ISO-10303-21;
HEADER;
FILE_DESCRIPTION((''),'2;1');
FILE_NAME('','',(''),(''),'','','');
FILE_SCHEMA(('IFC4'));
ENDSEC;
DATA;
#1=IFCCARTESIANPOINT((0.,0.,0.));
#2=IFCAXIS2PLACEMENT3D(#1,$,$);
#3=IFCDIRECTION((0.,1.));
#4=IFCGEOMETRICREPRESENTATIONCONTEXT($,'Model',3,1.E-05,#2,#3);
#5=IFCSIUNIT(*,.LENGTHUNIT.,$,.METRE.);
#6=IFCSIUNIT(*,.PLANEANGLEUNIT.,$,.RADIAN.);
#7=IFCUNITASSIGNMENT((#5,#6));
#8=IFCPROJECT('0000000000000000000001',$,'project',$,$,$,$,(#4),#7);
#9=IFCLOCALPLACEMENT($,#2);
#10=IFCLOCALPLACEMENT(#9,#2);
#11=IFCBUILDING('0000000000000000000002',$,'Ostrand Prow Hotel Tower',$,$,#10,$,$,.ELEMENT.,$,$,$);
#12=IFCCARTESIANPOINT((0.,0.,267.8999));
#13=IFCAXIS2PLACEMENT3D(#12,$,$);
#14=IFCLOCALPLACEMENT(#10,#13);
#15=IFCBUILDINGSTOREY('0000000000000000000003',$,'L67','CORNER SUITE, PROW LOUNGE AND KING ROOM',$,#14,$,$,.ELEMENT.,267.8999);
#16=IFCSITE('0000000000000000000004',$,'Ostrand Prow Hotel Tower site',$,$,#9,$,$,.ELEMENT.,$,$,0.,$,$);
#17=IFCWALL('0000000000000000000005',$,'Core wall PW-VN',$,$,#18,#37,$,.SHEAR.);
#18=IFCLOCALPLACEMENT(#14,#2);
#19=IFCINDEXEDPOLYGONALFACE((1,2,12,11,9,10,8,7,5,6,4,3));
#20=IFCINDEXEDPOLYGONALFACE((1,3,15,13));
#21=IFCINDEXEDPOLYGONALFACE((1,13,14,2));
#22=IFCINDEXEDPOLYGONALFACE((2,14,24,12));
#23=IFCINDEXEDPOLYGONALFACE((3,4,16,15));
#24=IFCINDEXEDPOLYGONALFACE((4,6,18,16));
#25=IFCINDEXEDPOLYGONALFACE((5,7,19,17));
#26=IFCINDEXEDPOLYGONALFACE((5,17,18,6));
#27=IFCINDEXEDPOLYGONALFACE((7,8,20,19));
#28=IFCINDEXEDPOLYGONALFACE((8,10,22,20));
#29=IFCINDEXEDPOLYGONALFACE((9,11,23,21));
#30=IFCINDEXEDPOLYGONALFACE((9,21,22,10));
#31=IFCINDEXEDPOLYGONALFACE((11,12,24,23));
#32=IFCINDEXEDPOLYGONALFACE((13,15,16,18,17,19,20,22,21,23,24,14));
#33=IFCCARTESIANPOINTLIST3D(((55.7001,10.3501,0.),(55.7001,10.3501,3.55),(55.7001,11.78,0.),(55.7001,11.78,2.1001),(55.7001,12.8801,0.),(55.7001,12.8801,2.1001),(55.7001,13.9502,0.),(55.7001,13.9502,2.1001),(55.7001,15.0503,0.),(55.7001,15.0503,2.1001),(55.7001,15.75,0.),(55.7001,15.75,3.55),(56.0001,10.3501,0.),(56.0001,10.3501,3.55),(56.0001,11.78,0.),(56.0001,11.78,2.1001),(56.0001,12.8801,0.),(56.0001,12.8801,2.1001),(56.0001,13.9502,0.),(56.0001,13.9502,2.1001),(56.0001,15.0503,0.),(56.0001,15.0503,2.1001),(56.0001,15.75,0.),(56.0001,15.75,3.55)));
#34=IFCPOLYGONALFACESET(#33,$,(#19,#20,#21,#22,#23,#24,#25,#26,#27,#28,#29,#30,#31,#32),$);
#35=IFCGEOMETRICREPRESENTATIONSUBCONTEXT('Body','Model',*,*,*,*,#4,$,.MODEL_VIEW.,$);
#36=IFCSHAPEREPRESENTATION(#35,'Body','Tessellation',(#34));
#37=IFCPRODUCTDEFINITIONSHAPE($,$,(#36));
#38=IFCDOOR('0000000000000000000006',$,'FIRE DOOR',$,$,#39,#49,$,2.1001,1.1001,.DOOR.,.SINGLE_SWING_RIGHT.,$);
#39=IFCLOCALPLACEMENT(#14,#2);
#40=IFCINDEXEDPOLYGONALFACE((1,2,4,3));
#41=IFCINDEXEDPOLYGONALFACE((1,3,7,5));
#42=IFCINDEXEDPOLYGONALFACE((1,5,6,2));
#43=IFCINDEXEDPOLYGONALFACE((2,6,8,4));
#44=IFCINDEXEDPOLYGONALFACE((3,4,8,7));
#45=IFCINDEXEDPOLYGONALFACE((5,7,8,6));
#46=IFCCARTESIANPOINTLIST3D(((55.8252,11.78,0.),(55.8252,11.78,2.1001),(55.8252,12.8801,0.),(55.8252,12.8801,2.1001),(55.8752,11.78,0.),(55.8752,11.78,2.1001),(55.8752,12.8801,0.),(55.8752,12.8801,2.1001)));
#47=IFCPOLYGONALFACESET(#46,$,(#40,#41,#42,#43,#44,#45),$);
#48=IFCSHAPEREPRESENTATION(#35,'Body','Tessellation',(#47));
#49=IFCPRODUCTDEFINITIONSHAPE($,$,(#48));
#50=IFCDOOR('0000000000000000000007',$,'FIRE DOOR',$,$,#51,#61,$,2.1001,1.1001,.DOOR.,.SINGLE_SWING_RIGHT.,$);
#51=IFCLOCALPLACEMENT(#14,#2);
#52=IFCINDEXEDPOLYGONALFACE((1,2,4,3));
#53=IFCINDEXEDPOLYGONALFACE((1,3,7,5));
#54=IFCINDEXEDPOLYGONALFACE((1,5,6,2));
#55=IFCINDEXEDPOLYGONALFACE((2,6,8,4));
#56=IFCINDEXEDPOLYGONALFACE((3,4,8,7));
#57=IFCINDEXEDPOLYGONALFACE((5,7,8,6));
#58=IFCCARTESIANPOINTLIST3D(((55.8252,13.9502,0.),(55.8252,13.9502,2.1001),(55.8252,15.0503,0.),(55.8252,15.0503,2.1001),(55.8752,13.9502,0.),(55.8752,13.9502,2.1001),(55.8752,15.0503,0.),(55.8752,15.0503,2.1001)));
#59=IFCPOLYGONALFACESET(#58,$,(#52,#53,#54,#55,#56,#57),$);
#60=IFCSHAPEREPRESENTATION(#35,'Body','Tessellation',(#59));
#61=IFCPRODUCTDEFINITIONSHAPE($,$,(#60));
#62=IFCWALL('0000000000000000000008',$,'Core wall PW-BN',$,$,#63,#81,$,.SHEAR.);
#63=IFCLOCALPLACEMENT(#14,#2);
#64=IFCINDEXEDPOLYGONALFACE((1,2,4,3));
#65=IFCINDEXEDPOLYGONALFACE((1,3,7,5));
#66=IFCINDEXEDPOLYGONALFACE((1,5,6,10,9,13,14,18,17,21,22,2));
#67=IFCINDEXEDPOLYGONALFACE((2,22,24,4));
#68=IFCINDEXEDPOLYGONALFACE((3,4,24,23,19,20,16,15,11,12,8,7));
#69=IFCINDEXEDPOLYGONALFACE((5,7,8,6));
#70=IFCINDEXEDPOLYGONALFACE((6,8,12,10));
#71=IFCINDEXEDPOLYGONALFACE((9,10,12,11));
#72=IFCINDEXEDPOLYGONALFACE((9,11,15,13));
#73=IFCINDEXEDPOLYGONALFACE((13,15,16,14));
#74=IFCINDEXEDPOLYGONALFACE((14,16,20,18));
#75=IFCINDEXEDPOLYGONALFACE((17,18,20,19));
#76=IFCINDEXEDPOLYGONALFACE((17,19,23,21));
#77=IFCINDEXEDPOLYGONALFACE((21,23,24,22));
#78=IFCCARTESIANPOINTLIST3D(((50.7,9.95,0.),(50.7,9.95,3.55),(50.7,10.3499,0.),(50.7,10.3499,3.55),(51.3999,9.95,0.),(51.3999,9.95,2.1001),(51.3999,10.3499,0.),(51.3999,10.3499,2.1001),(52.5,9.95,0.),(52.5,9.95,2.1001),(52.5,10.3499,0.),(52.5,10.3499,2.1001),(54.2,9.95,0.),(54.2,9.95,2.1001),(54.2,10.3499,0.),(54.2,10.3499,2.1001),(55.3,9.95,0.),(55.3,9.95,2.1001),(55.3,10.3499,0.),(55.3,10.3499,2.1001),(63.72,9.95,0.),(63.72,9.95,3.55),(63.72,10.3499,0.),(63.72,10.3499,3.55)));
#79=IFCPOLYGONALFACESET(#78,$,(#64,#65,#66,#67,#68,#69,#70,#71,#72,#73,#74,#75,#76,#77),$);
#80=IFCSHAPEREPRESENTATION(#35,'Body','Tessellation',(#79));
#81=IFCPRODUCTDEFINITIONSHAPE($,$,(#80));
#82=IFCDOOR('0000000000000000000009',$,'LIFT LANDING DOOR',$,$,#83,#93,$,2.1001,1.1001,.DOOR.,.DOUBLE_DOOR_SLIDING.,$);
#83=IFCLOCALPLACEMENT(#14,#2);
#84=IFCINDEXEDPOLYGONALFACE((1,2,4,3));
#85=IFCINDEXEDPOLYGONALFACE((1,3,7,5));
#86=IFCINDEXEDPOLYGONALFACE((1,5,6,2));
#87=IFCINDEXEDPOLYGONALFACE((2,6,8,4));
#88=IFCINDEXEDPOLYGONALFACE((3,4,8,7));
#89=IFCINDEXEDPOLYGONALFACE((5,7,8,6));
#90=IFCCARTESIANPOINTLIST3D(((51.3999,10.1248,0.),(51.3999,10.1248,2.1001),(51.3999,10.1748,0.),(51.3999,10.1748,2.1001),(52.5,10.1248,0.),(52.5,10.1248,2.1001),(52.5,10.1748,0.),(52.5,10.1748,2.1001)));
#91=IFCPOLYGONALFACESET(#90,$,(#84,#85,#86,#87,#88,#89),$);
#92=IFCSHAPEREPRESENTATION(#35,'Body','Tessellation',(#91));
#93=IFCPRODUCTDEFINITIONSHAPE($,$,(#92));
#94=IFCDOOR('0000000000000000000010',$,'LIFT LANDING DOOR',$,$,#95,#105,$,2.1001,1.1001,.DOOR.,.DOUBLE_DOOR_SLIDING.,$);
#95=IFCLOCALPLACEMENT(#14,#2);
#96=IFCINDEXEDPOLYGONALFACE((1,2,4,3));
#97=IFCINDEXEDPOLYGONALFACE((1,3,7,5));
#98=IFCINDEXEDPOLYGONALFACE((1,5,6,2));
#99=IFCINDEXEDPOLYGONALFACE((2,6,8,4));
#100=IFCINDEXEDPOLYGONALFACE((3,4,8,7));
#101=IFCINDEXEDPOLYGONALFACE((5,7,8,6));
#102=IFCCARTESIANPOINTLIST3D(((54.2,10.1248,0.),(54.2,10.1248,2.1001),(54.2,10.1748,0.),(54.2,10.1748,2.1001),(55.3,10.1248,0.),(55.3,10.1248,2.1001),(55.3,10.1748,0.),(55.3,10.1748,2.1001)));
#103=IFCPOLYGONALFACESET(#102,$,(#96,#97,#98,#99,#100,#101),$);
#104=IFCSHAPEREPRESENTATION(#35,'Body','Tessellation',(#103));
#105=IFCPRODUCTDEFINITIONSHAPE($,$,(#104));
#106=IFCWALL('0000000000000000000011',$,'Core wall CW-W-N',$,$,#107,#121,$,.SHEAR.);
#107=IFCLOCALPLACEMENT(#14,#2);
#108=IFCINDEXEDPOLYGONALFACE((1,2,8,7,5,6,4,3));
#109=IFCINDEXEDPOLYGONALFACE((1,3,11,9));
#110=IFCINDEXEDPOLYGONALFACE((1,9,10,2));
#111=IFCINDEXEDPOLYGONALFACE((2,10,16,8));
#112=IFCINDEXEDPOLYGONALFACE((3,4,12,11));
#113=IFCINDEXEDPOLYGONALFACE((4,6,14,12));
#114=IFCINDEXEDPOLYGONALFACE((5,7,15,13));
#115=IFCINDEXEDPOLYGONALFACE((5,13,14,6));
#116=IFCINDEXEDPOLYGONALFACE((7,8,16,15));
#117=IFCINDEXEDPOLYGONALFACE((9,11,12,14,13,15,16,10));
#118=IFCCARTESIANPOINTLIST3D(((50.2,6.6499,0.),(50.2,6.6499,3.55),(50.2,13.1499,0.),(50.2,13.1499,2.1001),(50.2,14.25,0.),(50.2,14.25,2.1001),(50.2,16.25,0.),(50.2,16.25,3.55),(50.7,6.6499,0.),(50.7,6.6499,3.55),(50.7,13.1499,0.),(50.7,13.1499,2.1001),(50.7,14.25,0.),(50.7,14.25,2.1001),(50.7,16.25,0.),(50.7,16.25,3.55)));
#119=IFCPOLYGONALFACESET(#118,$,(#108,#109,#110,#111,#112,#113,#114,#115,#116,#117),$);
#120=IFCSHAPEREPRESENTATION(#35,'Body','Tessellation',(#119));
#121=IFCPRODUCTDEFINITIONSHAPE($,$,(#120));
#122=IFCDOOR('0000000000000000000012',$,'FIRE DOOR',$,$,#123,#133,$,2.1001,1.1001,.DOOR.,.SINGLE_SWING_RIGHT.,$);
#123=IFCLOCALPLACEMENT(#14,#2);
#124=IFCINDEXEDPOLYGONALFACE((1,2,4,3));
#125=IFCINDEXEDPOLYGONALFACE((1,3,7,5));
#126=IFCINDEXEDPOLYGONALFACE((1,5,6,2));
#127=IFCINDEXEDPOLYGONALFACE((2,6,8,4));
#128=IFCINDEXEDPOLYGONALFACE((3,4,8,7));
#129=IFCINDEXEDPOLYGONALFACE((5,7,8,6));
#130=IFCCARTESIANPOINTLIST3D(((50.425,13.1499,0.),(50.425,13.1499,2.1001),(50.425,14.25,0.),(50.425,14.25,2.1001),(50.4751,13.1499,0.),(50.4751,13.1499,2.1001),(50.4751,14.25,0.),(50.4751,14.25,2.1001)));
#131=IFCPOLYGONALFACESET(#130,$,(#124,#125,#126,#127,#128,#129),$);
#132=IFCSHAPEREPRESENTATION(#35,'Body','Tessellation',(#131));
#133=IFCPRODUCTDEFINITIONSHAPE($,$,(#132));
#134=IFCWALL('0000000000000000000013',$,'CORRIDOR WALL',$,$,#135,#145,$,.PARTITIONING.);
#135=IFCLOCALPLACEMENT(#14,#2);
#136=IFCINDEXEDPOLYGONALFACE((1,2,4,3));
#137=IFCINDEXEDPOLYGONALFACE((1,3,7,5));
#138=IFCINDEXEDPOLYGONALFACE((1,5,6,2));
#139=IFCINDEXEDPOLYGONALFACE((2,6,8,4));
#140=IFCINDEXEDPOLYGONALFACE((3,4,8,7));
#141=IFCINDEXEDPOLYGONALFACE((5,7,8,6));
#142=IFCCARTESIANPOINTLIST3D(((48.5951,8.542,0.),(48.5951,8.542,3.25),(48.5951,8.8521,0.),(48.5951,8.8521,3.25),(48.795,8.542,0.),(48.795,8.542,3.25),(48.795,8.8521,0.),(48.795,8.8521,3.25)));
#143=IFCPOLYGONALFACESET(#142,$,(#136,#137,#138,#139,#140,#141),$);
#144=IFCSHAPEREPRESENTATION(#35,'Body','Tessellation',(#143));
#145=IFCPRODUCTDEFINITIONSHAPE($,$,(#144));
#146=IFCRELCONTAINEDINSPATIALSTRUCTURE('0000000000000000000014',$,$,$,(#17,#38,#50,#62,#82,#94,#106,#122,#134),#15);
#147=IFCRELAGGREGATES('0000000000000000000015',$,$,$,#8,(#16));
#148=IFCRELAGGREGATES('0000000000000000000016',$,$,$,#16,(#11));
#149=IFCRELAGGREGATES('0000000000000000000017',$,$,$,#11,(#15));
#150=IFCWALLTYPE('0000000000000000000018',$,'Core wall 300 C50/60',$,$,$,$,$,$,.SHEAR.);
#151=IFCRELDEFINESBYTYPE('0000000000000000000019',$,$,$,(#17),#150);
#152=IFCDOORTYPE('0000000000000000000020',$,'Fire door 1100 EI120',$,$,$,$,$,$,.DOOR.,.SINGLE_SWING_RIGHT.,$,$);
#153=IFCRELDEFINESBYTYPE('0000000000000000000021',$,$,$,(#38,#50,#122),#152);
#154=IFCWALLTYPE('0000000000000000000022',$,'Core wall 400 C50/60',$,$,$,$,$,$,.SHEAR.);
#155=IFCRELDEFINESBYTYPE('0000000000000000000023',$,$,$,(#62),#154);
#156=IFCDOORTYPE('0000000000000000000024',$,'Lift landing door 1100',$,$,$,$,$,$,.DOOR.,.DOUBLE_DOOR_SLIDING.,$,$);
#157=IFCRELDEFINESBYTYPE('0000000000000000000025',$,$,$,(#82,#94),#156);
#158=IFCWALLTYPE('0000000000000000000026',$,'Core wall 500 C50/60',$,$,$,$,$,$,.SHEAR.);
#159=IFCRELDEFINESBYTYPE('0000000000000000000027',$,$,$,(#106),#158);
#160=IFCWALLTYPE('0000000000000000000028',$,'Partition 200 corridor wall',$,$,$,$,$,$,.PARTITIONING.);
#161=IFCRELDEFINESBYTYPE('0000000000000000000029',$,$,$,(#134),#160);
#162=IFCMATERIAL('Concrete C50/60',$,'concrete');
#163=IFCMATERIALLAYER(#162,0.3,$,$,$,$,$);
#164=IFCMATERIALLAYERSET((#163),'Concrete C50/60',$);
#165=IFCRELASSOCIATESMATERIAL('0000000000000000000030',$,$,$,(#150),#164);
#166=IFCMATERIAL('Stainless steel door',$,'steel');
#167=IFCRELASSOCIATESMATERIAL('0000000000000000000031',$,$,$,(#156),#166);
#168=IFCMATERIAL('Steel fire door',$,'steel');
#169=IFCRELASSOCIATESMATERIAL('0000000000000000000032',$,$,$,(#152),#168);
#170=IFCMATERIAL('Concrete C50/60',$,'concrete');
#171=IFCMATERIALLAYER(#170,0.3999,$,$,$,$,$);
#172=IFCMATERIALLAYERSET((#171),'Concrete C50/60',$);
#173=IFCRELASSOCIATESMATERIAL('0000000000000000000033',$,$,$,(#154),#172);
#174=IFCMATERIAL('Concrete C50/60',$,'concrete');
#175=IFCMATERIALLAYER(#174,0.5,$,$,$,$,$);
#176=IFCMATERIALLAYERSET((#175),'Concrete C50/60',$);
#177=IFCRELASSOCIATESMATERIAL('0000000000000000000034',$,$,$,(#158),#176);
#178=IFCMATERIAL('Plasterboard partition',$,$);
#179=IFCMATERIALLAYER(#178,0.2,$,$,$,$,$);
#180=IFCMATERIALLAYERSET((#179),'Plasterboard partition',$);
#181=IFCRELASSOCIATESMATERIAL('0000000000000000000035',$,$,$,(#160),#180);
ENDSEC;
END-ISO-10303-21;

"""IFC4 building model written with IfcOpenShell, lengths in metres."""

from ifc_helpers import new_model, si_unit, direction, frame, frame_2d, origin, place, context, subcontext, project, spatial, rectangle, extrude, material, layer, layer_set, type_object, element, fill, save


model = new_model("IFC4")

# Units and contexts
model_context = context("Model", 3, precision=1e-05, world=origin(), true_north=direction((0.0, 1.0)))
body_context = subcontext(model_context, "Body", "Model", "MODEL_VIEW")
ifc_project = project(units=[si_unit("LENGTHUNIT", "METRE"), si_unit("PLANEANGLEUNIT", "RADIAN")], contexts=[model_context])

# Site, building, storey
site_placement = place(None, origin())
site = spatial("IfcSite", under=ifc_project, at=site_placement, Name="Ostrand Prow Hotel Tower site", CompositionType="ELEMENT", RefElevation=0.0)
building_placement = place(site_placement, origin())
building = spatial("IfcBuilding", under=site, at=building_placement, Name="Ostrand Prow Hotel Tower", CompositionType="ELEMENT")
storey_placement = place(building_placement, frame((0.0, 0.0, 267.8999)))
storey = spatial("IfcBuildingStorey", under=building, at=storey_placement, Name="L67", Description="CORNER SUITE, PROW LOUNGE AND KING ROOM", CompositionType="ELEMENT", Elevation=267.8999)

# Shared definitions
ifc_material_1 = material(Name="Concrete C50/60", Category="concrete")
ifc_layer_1 = layer(ifc_material_1, 0.3)
ifc_layer_set_1 = layer_set([ifc_layer_1], Name="Concrete C50/60")
wall_type_1 = type_object("IfcWallType", Name="Core wall 300 C50/60", PredefinedType="SHEAR", material=ifc_layer_set_1)
ifc_material_2 = material(Name="Stainless steel door", Category="steel")
door_type_1 = type_object("IfcDoorType", Name="Lift landing door 1100", OperationType="DOUBLE_DOOR_SLIDING", PredefinedType="DOOR", material=ifc_material_2)

# Walls, openings, doors
wall_1_placement = place(storey_placement, frame((55.8501, 10.3501, 0.0), z_axis=(0.0, 0.0, 1.0), x_axis=(0.0, 1.0, 0.0)))
wall_1 = element("IfcWall", 1, at=wall_1_placement, inside=storey, type_object=wall_type_1, Name="Core wall PW-VN", PredefinedType="SHEAR", context=body_context, shape_type="SweptSolid", body=[
    extrude(rectangle(XDim=5.3999, YDim=0.3, at=frame_2d((2.7, 0.0))), origin(), (0.0, 0.0, 1.0), 3.55),
])
opening_1_placement = place(wall_1_placement, frame((1.4299, 0.0, 0.0)))
opening_1 = element("IfcOpeningElement", 2, at=opening_1_placement, cuts=wall_1, PredefinedType="OPENING", context=body_context, shape_type="SweptSolid", body=[
    extrude(rectangle(XDim=1.1001, YDim=2.1001, at=frame_2d((0.55, 1.05))), frame((0.0, 0.1599, 0.0), z_axis=(0.0, -1.0, 0.0), x_axis=(1.0, 0.0, 0.0)), (0.0, 0.0, 1.0), 0.3201),
])
opening_2_placement = place(wall_1_placement, frame((3.6001, 0.0, 0.0)))
opening_2 = element("IfcOpeningElement", 3, at=opening_2_placement, cuts=wall_1, PredefinedType="OPENING", context=body_context, shape_type="SweptSolid", body=[
    extrude(rectangle(XDim=1.1001, YDim=2.1001, at=frame_2d((0.55, 1.05))), frame((0.0, 0.1599, 0.0), z_axis=(0.0, -1.0, 0.0), x_axis=(1.0, 0.0, 0.0)), (0.0, 0.0, 1.0), 0.3201),
])
ifc_material_3 = material(Name="Steel fire door", Category="steel")
door_type_2 = type_object("IfcDoorType", Name="Fire door 1100 EI120", OperationType="SINGLE_SWING_RIGHT", PredefinedType="DOOR", material=ifc_material_3)
door_1_placement = place(opening_1_placement, origin())
door_1 = element("IfcDoor", 4, at=door_1_placement, inside=storey, type_object=door_type_2, Name="FIRE DOOR", OperationType="SINGLE_SWING_RIGHT", OverallHeight=2.1001, OverallWidth=1.1001, PredefinedType="DOOR", context=body_context, shape_type="SweptSolid", body=[
    extrude(rectangle(XDim=1.1001, YDim=2.1001, at=frame_2d((0.55, 1.05))), frame((0.0, 0.0249, 0.0), z_axis=(0.0, -1.0, 0.0), x_axis=(1.0, 0.0, 0.0)), (0.0, 0.0, 1.0), 0.05),
])
fill(opening_1, door_1)
door_2_placement = place(opening_2_placement, origin())
door_2 = element("IfcDoor", 5, at=door_2_placement, inside=storey, type_object=door_type_2, Name="FIRE DOOR", OperationType="SINGLE_SWING_RIGHT", OverallHeight=2.1001, OverallWidth=1.1001, PredefinedType="DOOR", context=body_context, shape_type="SweptSolid", body=[
    extrude(rectangle(XDim=1.1001, YDim=2.1001, at=frame_2d((0.55, 1.05))), frame((0.0, 0.0249, 0.0), z_axis=(0.0, -1.0, 0.0), x_axis=(1.0, 0.0, 0.0)), (0.0, 0.0, 1.0), 0.05),
])
fill(opening_2, door_2)
ifc_material_4 = material(Name="Concrete C50/60", Category="concrete")
ifc_layer_2 = layer(ifc_material_4, 0.3999)
ifc_layer_set_2 = layer_set([ifc_layer_2], Name="Concrete C50/60")
wall_type_2 = type_object("IfcWallType", Name="Core wall 400 C50/60", PredefinedType="SHEAR", material=ifc_layer_set_2)
wall_2_placement = place(storey_placement, frame((50.7, 10.1499, 0.0), z_axis=(0.0, 0.0, 1.0), x_axis=(1.0, 0.0, 0.0)))
wall_2 = element("IfcWall", 6, at=wall_2_placement, inside=storey, type_object=wall_type_2, Name="Core wall PW-BN", PredefinedType="SHEAR", context=body_context, shape_type="SweptSolid", body=[
    extrude(rectangle(XDim=13.02, YDim=0.3999, at=frame_2d((6.51, 0.0))), origin(), (0.0, 0.0, 1.0), 3.55),
])
opening_3_placement = place(wall_2_placement, frame((0.7, 0.0, 0.0)))
opening_3 = element("IfcOpeningElement", 7, at=opening_3_placement, cuts=wall_2, PredefinedType="OPENING", context=body_context, shape_type="SweptSolid", body=[
    extrude(rectangle(XDim=1.1001, YDim=2.1001, at=frame_2d((0.55, 1.05))), frame((0.0, 0.21, 0.0), z_axis=(0.0, -1.0, 0.0), x_axis=(1.0, 0.0, 0.0)), (0.0, 0.0, 1.0), 0.4199),
])
opening_4_placement = place(wall_2_placement, frame((3.5, 0.0, 0.0)))
opening_4 = element("IfcOpeningElement", 8, at=opening_4_placement, cuts=wall_2, PredefinedType="OPENING", context=body_context, shape_type="SweptSolid", body=[
    extrude(rectangle(XDim=1.1001, YDim=2.1001, at=frame_2d((0.55, 1.05))), frame((0.0, 0.21, 0.0), z_axis=(0.0, -1.0, 0.0), x_axis=(1.0, 0.0, 0.0)), (0.0, 0.0, 1.0), 0.4199),
])
door_3_placement = place(opening_3_placement, origin())
door_3 = element("IfcDoor", 9, at=door_3_placement, inside=storey, type_object=door_type_1, Name="LIFT LANDING DOOR", OperationType="DOUBLE_DOOR_SLIDING", OverallHeight=2.1001, OverallWidth=1.1001, PredefinedType="DOOR", context=body_context, shape_type="SweptSolid", body=[
    extrude(rectangle(XDim=1.1001, YDim=2.1001, at=frame_2d((0.55, 1.05))), frame((0.0, 0.0249, 0.0), z_axis=(0.0, -1.0, 0.0), x_axis=(1.0, 0.0, 0.0)), (0.0, 0.0, 1.0), 0.05),
])
fill(opening_3, door_3)
door_4_placement = place(opening_4_placement, origin())
door_4 = element("IfcDoor", 10, at=door_4_placement, inside=storey, type_object=door_type_1, Name="LIFT LANDING DOOR", OperationType="DOUBLE_DOOR_SLIDING", OverallHeight=2.1001, OverallWidth=1.1001, PredefinedType="DOOR", context=body_context, shape_type="SweptSolid", body=[
    extrude(rectangle(XDim=1.1001, YDim=2.1001, at=frame_2d((0.55, 1.05))), frame((0.0, 0.0249, 0.0), z_axis=(0.0, -1.0, 0.0), x_axis=(1.0, 0.0, 0.0)), (0.0, 0.0, 1.0), 0.05),
])
fill(opening_4, door_4)

# Wall, opening, door
ifc_material_5 = material(Name="Concrete C50/60", Category="concrete")
ifc_layer_3 = layer(ifc_material_5, 0.5)
ifc_layer_set_3 = layer_set([ifc_layer_3], Name="Concrete C50/60")
wall_type_3 = type_object("IfcWallType", Name="Core wall 500 C50/60", PredefinedType="SHEAR", material=ifc_layer_set_3)
wall_3_placement = place(storey_placement, frame((50.45, 6.6499, 0.0), z_axis=(0.0, 0.0, 1.0), x_axis=(0.0, 1.0, 0.0)))
wall_3 = element("IfcWall", 11, at=wall_3_placement, inside=storey, type_object=wall_type_3, Name="Core wall CW-W-N", PredefinedType="SHEAR", context=body_context, shape_type="SweptSolid", body=[
    extrude(rectangle(XDim=9.6001, YDim=0.5, at=frame_2d((4.8, 0.0))), origin(), (0.0, 0.0, 1.0), 3.55),
])
opening_5_placement = place(wall_3_placement, frame((6.5, 0.0, 0.0)))
opening_5 = element("IfcOpeningElement", 12, at=opening_5_placement, cuts=wall_3, PredefinedType="OPENING", context=body_context, shape_type="SweptSolid", body=[
    extrude(rectangle(XDim=1.1001, YDim=2.1001, at=frame_2d((0.55, 1.05))), frame((0.0, 0.26, 0.0), z_axis=(0.0, -1.0, 0.0), x_axis=(1.0, 0.0, 0.0)), (0.0, 0.0, 1.0), 0.52),
])
door_5_placement = place(opening_5_placement, origin())
door_5 = element("IfcDoor", 13, at=door_5_placement, inside=storey, type_object=door_type_2, Name="FIRE DOOR", OperationType="SINGLE_SWING_RIGHT", OverallHeight=2.1001, OverallWidth=1.1001, PredefinedType="DOOR", context=body_context, shape_type="SweptSolid", body=[
    extrude(rectangle(XDim=1.1001, YDim=2.1001, at=frame_2d((0.55, 1.05))), frame((0.0, 0.0249, 0.0), z_axis=(0.0, -1.0, 0.0), x_axis=(1.0, 0.0, 0.0)), (0.0, 0.0, 1.0), 0.05),
])
fill(opening_5, door_5)

# Wall
ifc_material_6 = material(Name="Plasterboard partition")
ifc_layer_4 = layer(ifc_material_6, 0.2)
ifc_layer_set_4 = layer_set([ifc_layer_4], Name="Plasterboard partition")
wall_type_4 = type_object("IfcWallType", Name="Partition 200 corridor wall", PredefinedType="PARTITIONING", material=ifc_layer_set_4)
wall_4_placement = place(storey_placement, frame((48.6951, 8.8521, 0.0), z_axis=(0.0, 0.0, 1.0), x_axis=(0.0, -1.0, 0.0)))
element("IfcWall", 14, at=wall_4_placement, inside=storey, type_object=wall_type_4, Name="CORRIDOR WALL", PredefinedType="PARTITIONING", context=body_context, shape_type="SweptSolid", body=[
    extrude(rectangle(XDim=0.3101, YDim=0.2, at=frame_2d((0.155, 0.0))), origin(), (0.0, 0.0, 1.0), 3.25),
])

save(model, "model.ifc")
